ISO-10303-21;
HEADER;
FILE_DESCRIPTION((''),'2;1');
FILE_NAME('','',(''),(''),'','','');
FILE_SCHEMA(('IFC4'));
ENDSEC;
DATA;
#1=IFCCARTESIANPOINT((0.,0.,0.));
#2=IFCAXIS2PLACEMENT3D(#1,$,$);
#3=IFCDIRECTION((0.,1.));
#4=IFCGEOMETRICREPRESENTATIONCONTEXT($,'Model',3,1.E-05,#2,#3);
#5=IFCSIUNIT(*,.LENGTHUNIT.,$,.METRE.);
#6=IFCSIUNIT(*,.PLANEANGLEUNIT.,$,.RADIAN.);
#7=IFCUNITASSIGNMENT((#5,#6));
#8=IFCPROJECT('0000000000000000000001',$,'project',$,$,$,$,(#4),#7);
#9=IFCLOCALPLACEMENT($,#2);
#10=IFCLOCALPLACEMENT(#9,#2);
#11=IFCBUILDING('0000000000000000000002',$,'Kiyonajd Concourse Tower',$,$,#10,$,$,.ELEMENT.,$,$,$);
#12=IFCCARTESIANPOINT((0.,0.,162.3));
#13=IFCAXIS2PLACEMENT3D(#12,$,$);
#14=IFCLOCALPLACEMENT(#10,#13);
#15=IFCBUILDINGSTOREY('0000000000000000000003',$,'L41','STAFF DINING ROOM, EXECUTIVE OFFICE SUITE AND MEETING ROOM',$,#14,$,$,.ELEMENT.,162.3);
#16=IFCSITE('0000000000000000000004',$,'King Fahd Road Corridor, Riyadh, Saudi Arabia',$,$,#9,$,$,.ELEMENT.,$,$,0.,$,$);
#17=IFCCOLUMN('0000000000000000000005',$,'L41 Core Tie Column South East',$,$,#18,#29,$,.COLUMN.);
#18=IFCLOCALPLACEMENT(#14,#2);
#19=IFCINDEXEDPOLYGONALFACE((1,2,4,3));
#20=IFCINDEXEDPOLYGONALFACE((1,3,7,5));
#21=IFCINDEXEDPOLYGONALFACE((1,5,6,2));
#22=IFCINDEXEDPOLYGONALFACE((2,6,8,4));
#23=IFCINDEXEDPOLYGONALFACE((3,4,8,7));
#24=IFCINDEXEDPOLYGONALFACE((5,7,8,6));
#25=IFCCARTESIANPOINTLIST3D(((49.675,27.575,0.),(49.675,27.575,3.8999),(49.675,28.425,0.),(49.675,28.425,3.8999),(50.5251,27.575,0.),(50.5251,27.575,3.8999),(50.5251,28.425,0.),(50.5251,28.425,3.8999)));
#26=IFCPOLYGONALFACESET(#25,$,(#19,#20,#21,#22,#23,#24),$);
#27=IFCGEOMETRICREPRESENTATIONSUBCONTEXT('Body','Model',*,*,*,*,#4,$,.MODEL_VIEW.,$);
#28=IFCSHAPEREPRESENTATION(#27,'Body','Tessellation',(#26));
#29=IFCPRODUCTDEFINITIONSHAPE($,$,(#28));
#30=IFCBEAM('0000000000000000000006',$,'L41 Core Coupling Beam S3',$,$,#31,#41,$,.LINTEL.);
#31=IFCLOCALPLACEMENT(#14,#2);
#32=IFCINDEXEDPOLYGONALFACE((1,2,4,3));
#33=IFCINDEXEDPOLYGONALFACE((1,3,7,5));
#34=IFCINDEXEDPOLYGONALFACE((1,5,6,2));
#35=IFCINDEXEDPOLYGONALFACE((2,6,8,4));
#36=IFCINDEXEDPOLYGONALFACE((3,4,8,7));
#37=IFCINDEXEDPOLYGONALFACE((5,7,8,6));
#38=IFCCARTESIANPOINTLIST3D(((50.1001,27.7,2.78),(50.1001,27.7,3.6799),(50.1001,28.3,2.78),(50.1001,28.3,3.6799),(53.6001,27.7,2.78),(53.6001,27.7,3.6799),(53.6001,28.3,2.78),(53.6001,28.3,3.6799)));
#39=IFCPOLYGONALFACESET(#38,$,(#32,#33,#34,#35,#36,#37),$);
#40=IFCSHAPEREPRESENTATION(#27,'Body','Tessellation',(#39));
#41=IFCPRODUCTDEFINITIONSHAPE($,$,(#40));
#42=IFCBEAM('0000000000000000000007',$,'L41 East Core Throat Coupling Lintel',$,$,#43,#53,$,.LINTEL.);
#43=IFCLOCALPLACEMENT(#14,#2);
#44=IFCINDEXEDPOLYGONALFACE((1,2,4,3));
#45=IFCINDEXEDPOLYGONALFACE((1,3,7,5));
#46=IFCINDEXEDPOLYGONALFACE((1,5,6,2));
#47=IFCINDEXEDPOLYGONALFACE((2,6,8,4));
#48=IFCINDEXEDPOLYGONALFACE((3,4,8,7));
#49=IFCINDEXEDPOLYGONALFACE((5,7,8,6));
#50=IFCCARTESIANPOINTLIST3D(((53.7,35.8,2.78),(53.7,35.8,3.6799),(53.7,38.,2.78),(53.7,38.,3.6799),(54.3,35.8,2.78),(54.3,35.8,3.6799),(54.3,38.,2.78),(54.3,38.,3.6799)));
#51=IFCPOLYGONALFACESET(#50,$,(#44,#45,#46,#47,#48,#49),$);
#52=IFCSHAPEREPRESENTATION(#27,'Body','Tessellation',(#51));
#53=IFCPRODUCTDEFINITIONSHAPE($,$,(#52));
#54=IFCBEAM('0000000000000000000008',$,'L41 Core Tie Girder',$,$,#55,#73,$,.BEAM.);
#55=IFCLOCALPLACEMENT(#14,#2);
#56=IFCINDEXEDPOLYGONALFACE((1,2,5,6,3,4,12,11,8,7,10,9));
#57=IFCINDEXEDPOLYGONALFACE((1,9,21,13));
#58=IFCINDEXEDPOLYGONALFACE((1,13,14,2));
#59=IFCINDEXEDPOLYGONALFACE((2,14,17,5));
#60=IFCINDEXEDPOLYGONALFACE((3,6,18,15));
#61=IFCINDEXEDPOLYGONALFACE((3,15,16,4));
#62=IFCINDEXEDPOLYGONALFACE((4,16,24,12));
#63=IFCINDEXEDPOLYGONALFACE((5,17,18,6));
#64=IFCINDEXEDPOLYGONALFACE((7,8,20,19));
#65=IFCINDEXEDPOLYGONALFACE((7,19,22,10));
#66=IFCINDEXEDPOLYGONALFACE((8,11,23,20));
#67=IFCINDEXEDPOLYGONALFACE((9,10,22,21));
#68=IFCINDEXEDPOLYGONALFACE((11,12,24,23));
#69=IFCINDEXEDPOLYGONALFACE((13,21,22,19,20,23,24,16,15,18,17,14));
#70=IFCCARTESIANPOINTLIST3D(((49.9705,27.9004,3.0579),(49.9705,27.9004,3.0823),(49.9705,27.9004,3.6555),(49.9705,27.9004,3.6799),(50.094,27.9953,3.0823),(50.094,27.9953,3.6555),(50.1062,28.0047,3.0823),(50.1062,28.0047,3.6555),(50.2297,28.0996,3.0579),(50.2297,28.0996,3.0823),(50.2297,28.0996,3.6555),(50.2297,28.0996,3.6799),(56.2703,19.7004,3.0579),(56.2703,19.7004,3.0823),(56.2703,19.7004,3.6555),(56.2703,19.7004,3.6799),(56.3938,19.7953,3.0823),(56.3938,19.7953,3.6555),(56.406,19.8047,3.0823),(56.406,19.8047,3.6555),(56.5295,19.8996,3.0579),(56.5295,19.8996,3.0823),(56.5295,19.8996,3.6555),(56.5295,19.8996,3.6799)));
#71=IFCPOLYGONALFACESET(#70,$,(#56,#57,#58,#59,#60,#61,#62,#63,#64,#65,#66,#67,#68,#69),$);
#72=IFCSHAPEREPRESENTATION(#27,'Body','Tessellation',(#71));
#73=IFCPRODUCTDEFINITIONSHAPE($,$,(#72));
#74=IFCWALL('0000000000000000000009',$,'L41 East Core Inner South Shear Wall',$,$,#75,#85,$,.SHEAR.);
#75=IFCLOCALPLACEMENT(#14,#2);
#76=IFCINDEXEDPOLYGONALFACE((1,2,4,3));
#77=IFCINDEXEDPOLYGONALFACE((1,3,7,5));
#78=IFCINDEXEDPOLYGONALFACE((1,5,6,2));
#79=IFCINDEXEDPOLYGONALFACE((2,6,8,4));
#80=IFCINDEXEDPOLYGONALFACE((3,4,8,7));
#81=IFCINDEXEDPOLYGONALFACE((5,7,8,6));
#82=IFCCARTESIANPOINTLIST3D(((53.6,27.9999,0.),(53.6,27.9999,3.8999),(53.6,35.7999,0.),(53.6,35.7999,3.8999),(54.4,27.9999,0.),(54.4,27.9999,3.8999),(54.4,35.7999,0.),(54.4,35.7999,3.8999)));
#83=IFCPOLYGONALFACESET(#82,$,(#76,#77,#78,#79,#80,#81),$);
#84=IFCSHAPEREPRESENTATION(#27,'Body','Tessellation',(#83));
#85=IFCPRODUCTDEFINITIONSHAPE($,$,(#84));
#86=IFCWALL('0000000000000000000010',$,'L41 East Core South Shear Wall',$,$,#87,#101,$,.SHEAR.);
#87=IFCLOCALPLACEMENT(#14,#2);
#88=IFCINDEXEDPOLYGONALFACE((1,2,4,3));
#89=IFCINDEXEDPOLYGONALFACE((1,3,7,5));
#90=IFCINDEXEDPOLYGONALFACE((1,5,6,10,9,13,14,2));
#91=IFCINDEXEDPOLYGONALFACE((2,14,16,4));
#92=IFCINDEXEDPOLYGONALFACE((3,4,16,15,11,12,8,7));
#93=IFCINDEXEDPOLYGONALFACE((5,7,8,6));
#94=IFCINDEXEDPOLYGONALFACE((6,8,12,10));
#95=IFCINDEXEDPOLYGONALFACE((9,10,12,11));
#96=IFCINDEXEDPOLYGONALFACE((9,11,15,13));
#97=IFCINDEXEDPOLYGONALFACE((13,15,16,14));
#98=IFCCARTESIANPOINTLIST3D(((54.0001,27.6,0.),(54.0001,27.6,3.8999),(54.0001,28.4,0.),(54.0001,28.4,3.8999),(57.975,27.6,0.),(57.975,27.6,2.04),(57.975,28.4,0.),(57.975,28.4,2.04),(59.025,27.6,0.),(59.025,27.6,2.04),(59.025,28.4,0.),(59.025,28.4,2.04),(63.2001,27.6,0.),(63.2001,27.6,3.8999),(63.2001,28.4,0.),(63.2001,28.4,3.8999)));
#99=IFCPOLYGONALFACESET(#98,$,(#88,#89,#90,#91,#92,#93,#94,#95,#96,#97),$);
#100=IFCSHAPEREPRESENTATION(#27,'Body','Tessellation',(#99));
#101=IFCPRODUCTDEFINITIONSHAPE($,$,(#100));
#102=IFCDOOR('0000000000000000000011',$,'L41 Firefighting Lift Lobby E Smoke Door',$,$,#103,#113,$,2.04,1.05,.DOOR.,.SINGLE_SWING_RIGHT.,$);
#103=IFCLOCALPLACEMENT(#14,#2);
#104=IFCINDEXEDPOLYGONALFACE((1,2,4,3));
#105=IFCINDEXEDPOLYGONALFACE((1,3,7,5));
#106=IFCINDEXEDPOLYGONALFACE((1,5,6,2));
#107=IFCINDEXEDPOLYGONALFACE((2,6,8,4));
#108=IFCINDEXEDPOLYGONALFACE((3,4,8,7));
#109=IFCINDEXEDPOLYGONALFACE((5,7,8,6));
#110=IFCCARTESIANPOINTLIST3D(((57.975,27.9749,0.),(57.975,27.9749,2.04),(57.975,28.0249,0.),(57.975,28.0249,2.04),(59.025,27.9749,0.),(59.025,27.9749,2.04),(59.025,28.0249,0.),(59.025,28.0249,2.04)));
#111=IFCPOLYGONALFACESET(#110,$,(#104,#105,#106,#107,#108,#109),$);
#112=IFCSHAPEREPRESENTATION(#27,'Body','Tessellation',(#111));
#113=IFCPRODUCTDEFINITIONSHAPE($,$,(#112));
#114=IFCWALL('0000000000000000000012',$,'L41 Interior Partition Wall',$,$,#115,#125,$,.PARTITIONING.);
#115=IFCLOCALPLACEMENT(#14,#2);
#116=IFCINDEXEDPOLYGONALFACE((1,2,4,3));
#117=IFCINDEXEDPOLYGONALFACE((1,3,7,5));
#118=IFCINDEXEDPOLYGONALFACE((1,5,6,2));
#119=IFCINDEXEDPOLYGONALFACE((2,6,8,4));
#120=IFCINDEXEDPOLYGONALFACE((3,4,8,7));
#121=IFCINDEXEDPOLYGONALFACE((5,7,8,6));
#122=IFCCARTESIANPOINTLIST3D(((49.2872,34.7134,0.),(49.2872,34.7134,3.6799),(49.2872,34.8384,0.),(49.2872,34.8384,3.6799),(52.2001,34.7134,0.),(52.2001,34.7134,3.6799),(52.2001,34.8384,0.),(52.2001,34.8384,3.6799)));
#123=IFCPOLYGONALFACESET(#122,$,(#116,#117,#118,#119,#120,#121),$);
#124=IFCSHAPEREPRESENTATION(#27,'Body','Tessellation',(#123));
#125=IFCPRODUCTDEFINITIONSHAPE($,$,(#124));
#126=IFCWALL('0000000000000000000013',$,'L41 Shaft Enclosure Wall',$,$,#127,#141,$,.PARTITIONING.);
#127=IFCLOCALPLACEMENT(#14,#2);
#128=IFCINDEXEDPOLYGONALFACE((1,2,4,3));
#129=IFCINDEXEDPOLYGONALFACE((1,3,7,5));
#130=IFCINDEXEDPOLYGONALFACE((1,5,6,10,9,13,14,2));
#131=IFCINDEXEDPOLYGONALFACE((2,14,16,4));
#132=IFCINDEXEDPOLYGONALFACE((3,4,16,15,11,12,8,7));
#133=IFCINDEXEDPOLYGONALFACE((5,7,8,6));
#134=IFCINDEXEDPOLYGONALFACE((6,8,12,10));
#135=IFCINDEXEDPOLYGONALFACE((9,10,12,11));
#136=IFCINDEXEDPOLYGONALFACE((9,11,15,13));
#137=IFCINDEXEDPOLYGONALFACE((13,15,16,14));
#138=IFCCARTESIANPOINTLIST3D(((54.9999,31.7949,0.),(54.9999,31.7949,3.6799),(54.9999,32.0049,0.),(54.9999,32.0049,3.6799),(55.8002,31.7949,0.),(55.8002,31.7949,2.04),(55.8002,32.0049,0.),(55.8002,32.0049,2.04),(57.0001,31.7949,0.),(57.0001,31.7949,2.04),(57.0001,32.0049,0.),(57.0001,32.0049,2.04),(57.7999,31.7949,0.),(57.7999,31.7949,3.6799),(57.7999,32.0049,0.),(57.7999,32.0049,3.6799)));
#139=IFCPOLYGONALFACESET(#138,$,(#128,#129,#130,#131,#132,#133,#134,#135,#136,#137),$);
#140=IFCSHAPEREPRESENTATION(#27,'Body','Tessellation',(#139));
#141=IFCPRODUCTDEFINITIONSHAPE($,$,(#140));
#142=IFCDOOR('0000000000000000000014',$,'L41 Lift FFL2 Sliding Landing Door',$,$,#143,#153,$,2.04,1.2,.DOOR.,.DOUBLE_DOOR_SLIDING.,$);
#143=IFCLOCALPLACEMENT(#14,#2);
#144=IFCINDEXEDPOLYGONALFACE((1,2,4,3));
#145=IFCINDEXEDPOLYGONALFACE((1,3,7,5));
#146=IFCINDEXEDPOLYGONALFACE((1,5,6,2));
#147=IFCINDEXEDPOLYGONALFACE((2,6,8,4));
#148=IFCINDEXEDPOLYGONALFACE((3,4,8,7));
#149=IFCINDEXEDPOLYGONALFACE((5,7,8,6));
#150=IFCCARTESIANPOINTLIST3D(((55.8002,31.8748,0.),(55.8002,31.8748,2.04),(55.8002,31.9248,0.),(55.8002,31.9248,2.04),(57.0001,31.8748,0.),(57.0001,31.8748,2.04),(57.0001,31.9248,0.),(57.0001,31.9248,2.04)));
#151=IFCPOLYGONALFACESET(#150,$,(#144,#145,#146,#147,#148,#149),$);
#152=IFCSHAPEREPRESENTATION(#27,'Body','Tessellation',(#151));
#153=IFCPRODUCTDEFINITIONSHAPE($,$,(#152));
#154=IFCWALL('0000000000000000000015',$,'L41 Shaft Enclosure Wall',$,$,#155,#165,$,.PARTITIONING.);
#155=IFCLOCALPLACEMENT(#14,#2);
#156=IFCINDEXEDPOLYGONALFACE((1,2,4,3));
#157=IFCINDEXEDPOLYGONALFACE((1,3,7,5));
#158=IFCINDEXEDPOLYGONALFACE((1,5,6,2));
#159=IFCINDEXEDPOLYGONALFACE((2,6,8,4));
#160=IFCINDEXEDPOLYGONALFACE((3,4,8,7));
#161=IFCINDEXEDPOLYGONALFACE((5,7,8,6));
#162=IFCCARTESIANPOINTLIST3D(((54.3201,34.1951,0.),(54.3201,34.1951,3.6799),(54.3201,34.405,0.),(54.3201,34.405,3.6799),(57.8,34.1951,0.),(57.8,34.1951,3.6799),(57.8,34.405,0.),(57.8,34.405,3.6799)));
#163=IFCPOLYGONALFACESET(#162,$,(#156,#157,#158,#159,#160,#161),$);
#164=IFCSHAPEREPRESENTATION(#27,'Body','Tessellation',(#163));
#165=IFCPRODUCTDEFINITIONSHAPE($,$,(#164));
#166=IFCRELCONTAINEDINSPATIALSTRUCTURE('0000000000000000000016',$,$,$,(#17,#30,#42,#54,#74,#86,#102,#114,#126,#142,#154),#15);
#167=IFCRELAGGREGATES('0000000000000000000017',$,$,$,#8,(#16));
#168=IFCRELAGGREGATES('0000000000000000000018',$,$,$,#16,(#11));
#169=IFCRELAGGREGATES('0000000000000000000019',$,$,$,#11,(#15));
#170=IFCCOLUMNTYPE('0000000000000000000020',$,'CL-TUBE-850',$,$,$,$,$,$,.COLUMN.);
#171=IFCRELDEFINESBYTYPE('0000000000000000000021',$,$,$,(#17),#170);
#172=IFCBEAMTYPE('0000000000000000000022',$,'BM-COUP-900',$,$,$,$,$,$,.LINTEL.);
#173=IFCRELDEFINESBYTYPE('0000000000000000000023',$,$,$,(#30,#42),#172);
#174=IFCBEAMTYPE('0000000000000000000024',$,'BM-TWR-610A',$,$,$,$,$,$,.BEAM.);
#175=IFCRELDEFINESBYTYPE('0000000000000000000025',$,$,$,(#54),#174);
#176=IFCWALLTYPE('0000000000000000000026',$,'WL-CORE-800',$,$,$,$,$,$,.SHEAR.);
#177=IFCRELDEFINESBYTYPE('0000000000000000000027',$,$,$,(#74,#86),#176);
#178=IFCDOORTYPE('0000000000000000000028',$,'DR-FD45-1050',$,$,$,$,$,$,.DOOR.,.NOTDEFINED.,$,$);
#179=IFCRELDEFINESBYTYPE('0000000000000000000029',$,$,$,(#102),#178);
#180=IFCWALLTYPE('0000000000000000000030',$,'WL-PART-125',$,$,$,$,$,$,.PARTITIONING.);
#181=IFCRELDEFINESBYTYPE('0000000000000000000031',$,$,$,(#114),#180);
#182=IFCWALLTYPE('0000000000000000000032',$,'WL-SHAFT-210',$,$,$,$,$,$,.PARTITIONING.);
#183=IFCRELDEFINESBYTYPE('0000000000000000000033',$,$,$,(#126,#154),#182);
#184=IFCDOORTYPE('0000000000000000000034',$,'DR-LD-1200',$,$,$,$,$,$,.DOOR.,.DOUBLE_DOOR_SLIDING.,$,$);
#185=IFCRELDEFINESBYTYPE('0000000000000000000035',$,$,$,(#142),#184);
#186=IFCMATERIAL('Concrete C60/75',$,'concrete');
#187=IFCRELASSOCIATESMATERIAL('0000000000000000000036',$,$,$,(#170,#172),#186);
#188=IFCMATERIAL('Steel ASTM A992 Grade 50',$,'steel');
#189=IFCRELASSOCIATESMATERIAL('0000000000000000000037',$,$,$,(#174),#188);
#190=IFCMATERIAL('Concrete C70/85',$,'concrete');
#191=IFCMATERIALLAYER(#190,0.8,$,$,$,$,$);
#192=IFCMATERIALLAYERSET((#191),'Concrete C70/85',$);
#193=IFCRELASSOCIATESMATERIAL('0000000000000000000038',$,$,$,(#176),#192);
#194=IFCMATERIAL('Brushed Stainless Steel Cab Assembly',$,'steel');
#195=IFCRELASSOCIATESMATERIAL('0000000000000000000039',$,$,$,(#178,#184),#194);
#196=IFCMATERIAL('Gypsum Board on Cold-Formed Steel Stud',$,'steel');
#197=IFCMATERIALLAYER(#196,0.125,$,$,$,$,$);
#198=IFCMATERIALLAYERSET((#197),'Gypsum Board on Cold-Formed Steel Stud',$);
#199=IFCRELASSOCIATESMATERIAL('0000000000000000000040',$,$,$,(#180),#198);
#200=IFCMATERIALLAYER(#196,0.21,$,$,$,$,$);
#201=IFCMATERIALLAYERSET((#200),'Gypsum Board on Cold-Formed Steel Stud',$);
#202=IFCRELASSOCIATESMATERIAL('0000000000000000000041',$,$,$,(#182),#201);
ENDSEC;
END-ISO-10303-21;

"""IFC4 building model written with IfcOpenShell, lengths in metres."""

from ifc_helpers import new_model, si_unit, direction, frame, frame_2d, origin, origin_2d, place, context, subcontext, project, spatial, rectangle, i_section, extrude, material, layer, layer_set, material_profile, profile_set, type_object, element, fill, save


model = new_model("IFC4")

# Units and contexts
model_context = context("Model", 3, precision=1e-05, world=origin(), true_north=direction((0.0, 1.0)))
body_context = subcontext(model_context, "Body", "Model", "MODEL_VIEW")
ifc_project = project(units=[si_unit("LENGTHUNIT", "METRE"), si_unit("PLANEANGLEUNIT", "RADIAN")], contexts=[model_context])

# Site, building, storey
site_placement = place(None, origin())
site = spatial("IfcSite", under=ifc_project, at=site_placement, Name="King Fahd Road Corridor, Riyadh, Saudi Arabia", CompositionType="ELEMENT", RefElevation=0.0)
building_placement = place(site_placement, origin())
building = spatial("IfcBuilding", under=site, at=building_placement, Name="Kiyonajd Concourse Tower", CompositionType="ELEMENT")
storey_placement = place(building_placement, frame((0.0, 0.0, 162.3)))
storey = spatial("IfcBuildingStorey", under=building, at=storey_placement, Name="L41", Description="STAFF DINING ROOM, EXECUTIVE OFFICE SUITE AND MEETING ROOM", CompositionType="ELEMENT", Elevation=162.3)

# Column
ifc_material_1 = material(Name="Concrete C60/75", Category="concrete")
ifc_material_profile_1 = material_profile(ifc_material_1, rectangle(XDim=0.8501, YDim=0.8501, at=origin_2d()), Name="RC-850x850")
ifc_profile_set_1 = profile_set([ifc_material_profile_1], Name="Concrete C60/75")
column_type = type_object("IfcColumnType", Name="CL-TUBE-850", PredefinedType="COLUMN", material=ifc_profile_set_1)
column_placement = place(storey_placement, frame((50.1001, 28.0, 0.0), z_axis=(0.0, 0.0, 1.0), x_axis=(1.0, 0.0, 0.0)))
element("IfcColumn", 1, at=column_placement, inside=storey, type_object=column_type, Name="L41 Core Tie Column South East", PredefinedType="COLUMN", context=body_context, shape_type="SweptSolid", body=[
    extrude(rectangle(XDim=0.8501, YDim=0.8501, at=origin_2d()), origin(), (0.0, 0.0, 1.0), 3.8999),
])

# Beams
ifc_material_profile_2 = material_profile(ifc_material_1, rectangle(XDim=0.6001, YDim=0.8999, at=origin_2d()), Name="RCBM-600x900")
ifc_profile_set_2 = profile_set([ifc_material_profile_2], Name="Concrete C60/75")
beam_type_1 = type_object("IfcBeamType", Name="BM-COUP-900", PredefinedType="LINTEL", material=ifc_profile_set_2)
beam_1_placement = place(storey_placement, frame((50.1001, 28.0, 3.23), z_axis=(1.0, 0.0, 0.0), x_axis=(0.0, 1.0, 0.0)))
element("IfcBeam", 2, at=beam_1_placement, inside=storey, type_object=beam_type_1, Name="L41 Core Coupling Beam S3", PredefinedType="LINTEL", context=body_context, shape_type="SweptSolid", body=[
    extrude(rectangle(XDim=0.6001, YDim=0.8999, at=origin_2d()), origin(), (0.0, 0.0, 1.0), 3.5),
])
beam_2_placement = place(storey_placement, frame((54.0, 35.8, 3.23), z_axis=(0.0, 1.0, 0.0), x_axis=(-1.0, 0.0, 0.0)))
element("IfcBeam", 3, at=beam_2_placement, inside=storey, type_object=beam_type_1, Name="L41 East Core Throat Coupling Lintel", PredefinedType="LINTEL", context=body_context, shape_type="SweptSolid", body=[
    extrude(rectangle(XDim=0.6001, YDim=0.8999, at=origin_2d()), origin(), (0.0, 0.0, 1.0), 2.2),
])
ifc_material_2 = material(Name="Steel ASTM A992 Grade 50", Category="steel")
ifc_material_profile_3 = material_profile(ifc_material_2, i_section(OverallWidth=0.3269, OverallDepth=0.6221, WebThickness=0.0154, FlangeThickness=0.0244, at=origin_2d()), Name="W610X195")
ifc_profile_set_3 = profile_set([ifc_material_profile_3], Name="Steel ASTM A992 Grade 50")
beam_type_2 = type_object("IfcBeamType", Name="BM-TWR-610A", PredefinedType="BEAM", material=ifc_profile_set_3)
beam_3_placement = place(storey_placement, frame((50.1001, 28.0, 3.3689), z_axis=(0.609234, -0.792991, 0.0), x_axis=(0.792991, 0.609234, 0.0)))
element("IfcBeam", 4, at=beam_3_placement, inside=storey, type_object=beam_type_2, Name="L41 Core Tie Girder", PredefinedType="BEAM", context=body_context, shape_type="SweptSolid", body=[
    extrude(i_section(OverallWidth=0.3269, OverallDepth=0.6221, WebThickness=0.0154, FlangeThickness=0.0244, at=origin_2d()), origin(), (0.0, 0.0, 1.0), 10.3406),
])

# Wall
ifc_material_3 = material(Name="Concrete C70/85", Category="concrete")
ifc_layer_1 = layer(ifc_material_3, 0.8)
ifc_layer_set_1 = layer_set([ifc_layer_1], Name="Concrete C70/85")
wall_type_1 = type_object("IfcWallType", Name="WL-CORE-800", PredefinedType="SHEAR", material=ifc_layer_set_1)
wall_1_placement = place(storey_placement, frame((54.0, 28.0, 0.0), z_axis=(0.0, 0.0, 1.0), x_axis=(0.0, 1.0, 0.0)))
element("IfcWall", 5, at=wall_1_placement, inside=storey, type_object=wall_type_1, Name="L41 East Core Inner South Shear Wall", PredefinedType="SHEAR", context=body_context, shape_type="SweptSolid", body=[
    extrude(rectangle(XDim=7.8, YDim=0.8, at=frame_2d((3.8999, 0.0))), origin(), (0.0, 0.0, 1.0), 3.8999),
])

# Wall, opening, door
wall_2_placement = place(storey_placement, frame((54.0, 28.0, 0.0), z_axis=(0.0, 0.0, 1.0), x_axis=(1.0, 0.0, 0.0)))
wall_2 = element("IfcWall", 6, at=wall_2_placement, inside=storey, type_object=wall_type_1, Name="L41 East Core South Shear Wall", PredefinedType="SHEAR", context=body_context, shape_type="SweptSolid", body=[
    extrude(rectangle(XDim=9.2, YDim=0.8, at=frame_2d((4.6001, 0.0))), origin(), (0.0, 0.0, 1.0), 3.8999),
])
opening_1_placement = place(wall_2_placement, frame((3.9751, 0.0, 0.0)))
opening_1 = element("IfcOpeningElement", 7, at=opening_1_placement, cuts=wall_2, PredefinedType="OPENING", context=body_context, shape_type="SweptSolid", body=[
    extrude(rectangle(XDim=1.05, YDim=2.04, at=frame_2d((0.5249, 1.02))), frame((0.0, 0.4099, 0.0), z_axis=(0.0, -1.0, 0.0), x_axis=(1.0, 0.0, 0.0)), (0.0, 0.0, 1.0), 0.8201),
])
ifc_material_4 = material(Name="Brushed Stainless Steel Cab Assembly", Category="steel")
door_type_1 = type_object("IfcDoorType", Name="DR-FD45-1050", OperationType="NOTDEFINED", PredefinedType="DOOR", material=ifc_material_4)
door_1_placement = place(opening_1_placement, origin())
door_1 = element("IfcDoor", 8, at=door_1_placement, inside=storey, type_object=door_type_1, Name="L41 Firefighting Lift Lobby E Smoke Door", OperationType="SINGLE_SWING_RIGHT", OverallHeight=2.04, OverallWidth=1.05, PredefinedType="DOOR", context=body_context, shape_type="SweptSolid", body=[
    extrude(rectangle(XDim=1.05, YDim=2.04, at=frame_2d((0.5249, 1.02))), frame((0.0, 0.0249, 0.0), z_axis=(0.0, -1.0, 0.0), x_axis=(1.0, 0.0, 0.0)), (0.0, 0.0, 1.0), 0.05),
])
fill(opening_1, door_1)

# Wall
ifc_material_5 = material(Name="Gypsum Board on Cold-Formed Steel Stud", Category="steel")
ifc_layer_2 = layer(ifc_material_5, 0.125)
ifc_layer_set_2 = layer_set([ifc_layer_2], Name="Gypsum Board on Cold-Formed Steel Stud")
wall_type_2 = type_object("IfcWallType", Name="WL-PART-125", PredefinedType="PARTITIONING", material=ifc_layer_set_2)
wall_3_placement = place(storey_placement, frame((49.2871, 34.7759, 0.0), z_axis=(0.0, 0.0, 1.0), x_axis=(1.0, 0.0, 0.0)))
element("IfcWall", 9, at=wall_3_placement, inside=storey, type_object=wall_type_2, Name="L41 Interior Partition Wall", PredefinedType="PARTITIONING", context=body_context, shape_type="SweptSolid", body=[
    extrude(rectangle(XDim=2.9128, YDim=0.125, at=frame_2d((1.4565, 0.0))), origin(), (0.0, 0.0, 1.0), 3.6799),
])

# Wall, opening, door
ifc_layer_3 = layer(ifc_material_5, 0.21)
ifc_layer_set_3 = layer_set([ifc_layer_3], Name="Gypsum Board on Cold-Formed Steel Stud")
wall_type_3 = type_object("IfcWallType", Name="WL-SHAFT-210", PredefinedType="PARTITIONING", material=ifc_layer_set_3)
wall_4_placement = place(storey_placement, frame((55.0, 31.8999, 0.0), z_axis=(0.0, 0.0, 1.0), x_axis=(1.0, 0.0, 0.0)))
wall_4 = element("IfcWall", 10, at=wall_4_placement, inside=storey, type_object=wall_type_3, Name="L41 Shaft Enclosure Wall", PredefinedType="PARTITIONING", context=body_context, shape_type="SweptSolid", body=[
    extrude(rectangle(XDim=2.8, YDim=0.21, at=frame_2d((1.3999, 0.0))), origin(), (0.0, 0.0, 1.0), 3.6799),
])
opening_2_placement = place(wall_4_placement, frame((0.8, 0.0, 0.0)))
opening_2 = element("IfcOpeningElement", 11, at=opening_2_placement, cuts=wall_4, PredefinedType="OPENING", context=body_context, shape_type="SweptSolid", body=[
    extrude(rectangle(XDim=1.2, YDim=2.04, at=frame_2d((0.6001, 1.02))), frame((0.0, 0.115, 0.0), z_axis=(0.0, -1.0, 0.0), x_axis=(1.0, 0.0, 0.0)), (0.0, 0.0, 1.0), 0.23),
])
door_type_2 = type_object("IfcDoorType", Name="DR-LD-1200", OperationType="DOUBLE_DOOR_SLIDING", PredefinedType="DOOR", material=ifc_material_4)
door_2_placement = place(opening_2_placement, origin())
door_2 = element("IfcDoor", 12, at=door_2_placement, inside=storey, type_object=door_type_2, Name="L41 Lift FFL2 Sliding Landing Door", OperationType="DOUBLE_DOOR_SLIDING", OverallHeight=2.04, OverallWidth=1.2, PredefinedType="DOOR", context=body_context, shape_type="SweptSolid", body=[
    extrude(rectangle(XDim=1.2, YDim=2.04, at=frame_2d((0.6001, 1.02))), frame((0.0, 0.0249, 0.0), z_axis=(0.0, -1.0, 0.0), x_axis=(1.0, 0.0, 0.0)), (0.0, 0.0, 1.0), 0.05),
])
fill(opening_2, door_2)

# Wall
wall_5_placement = place(storey_placement, frame((54.3201, 34.3, 0.0), z_axis=(0.0, 0.0, 1.0), x_axis=(1.0, 0.0, 0.0)))
element("IfcWall", 13, at=wall_5_placement, inside=storey, type_object=wall_type_3, Name="L41 Shaft Enclosure Wall", PredefinedType="PARTITIONING", context=body_context, shape_type="SweptSolid", body=[
    extrude(rectangle(XDim=3.48, YDim=0.21, at=frame_2d((1.74, 0.0))), origin(), (0.0, 0.0, 1.0), 3.6799),
])

save(model, "model.ifc")
